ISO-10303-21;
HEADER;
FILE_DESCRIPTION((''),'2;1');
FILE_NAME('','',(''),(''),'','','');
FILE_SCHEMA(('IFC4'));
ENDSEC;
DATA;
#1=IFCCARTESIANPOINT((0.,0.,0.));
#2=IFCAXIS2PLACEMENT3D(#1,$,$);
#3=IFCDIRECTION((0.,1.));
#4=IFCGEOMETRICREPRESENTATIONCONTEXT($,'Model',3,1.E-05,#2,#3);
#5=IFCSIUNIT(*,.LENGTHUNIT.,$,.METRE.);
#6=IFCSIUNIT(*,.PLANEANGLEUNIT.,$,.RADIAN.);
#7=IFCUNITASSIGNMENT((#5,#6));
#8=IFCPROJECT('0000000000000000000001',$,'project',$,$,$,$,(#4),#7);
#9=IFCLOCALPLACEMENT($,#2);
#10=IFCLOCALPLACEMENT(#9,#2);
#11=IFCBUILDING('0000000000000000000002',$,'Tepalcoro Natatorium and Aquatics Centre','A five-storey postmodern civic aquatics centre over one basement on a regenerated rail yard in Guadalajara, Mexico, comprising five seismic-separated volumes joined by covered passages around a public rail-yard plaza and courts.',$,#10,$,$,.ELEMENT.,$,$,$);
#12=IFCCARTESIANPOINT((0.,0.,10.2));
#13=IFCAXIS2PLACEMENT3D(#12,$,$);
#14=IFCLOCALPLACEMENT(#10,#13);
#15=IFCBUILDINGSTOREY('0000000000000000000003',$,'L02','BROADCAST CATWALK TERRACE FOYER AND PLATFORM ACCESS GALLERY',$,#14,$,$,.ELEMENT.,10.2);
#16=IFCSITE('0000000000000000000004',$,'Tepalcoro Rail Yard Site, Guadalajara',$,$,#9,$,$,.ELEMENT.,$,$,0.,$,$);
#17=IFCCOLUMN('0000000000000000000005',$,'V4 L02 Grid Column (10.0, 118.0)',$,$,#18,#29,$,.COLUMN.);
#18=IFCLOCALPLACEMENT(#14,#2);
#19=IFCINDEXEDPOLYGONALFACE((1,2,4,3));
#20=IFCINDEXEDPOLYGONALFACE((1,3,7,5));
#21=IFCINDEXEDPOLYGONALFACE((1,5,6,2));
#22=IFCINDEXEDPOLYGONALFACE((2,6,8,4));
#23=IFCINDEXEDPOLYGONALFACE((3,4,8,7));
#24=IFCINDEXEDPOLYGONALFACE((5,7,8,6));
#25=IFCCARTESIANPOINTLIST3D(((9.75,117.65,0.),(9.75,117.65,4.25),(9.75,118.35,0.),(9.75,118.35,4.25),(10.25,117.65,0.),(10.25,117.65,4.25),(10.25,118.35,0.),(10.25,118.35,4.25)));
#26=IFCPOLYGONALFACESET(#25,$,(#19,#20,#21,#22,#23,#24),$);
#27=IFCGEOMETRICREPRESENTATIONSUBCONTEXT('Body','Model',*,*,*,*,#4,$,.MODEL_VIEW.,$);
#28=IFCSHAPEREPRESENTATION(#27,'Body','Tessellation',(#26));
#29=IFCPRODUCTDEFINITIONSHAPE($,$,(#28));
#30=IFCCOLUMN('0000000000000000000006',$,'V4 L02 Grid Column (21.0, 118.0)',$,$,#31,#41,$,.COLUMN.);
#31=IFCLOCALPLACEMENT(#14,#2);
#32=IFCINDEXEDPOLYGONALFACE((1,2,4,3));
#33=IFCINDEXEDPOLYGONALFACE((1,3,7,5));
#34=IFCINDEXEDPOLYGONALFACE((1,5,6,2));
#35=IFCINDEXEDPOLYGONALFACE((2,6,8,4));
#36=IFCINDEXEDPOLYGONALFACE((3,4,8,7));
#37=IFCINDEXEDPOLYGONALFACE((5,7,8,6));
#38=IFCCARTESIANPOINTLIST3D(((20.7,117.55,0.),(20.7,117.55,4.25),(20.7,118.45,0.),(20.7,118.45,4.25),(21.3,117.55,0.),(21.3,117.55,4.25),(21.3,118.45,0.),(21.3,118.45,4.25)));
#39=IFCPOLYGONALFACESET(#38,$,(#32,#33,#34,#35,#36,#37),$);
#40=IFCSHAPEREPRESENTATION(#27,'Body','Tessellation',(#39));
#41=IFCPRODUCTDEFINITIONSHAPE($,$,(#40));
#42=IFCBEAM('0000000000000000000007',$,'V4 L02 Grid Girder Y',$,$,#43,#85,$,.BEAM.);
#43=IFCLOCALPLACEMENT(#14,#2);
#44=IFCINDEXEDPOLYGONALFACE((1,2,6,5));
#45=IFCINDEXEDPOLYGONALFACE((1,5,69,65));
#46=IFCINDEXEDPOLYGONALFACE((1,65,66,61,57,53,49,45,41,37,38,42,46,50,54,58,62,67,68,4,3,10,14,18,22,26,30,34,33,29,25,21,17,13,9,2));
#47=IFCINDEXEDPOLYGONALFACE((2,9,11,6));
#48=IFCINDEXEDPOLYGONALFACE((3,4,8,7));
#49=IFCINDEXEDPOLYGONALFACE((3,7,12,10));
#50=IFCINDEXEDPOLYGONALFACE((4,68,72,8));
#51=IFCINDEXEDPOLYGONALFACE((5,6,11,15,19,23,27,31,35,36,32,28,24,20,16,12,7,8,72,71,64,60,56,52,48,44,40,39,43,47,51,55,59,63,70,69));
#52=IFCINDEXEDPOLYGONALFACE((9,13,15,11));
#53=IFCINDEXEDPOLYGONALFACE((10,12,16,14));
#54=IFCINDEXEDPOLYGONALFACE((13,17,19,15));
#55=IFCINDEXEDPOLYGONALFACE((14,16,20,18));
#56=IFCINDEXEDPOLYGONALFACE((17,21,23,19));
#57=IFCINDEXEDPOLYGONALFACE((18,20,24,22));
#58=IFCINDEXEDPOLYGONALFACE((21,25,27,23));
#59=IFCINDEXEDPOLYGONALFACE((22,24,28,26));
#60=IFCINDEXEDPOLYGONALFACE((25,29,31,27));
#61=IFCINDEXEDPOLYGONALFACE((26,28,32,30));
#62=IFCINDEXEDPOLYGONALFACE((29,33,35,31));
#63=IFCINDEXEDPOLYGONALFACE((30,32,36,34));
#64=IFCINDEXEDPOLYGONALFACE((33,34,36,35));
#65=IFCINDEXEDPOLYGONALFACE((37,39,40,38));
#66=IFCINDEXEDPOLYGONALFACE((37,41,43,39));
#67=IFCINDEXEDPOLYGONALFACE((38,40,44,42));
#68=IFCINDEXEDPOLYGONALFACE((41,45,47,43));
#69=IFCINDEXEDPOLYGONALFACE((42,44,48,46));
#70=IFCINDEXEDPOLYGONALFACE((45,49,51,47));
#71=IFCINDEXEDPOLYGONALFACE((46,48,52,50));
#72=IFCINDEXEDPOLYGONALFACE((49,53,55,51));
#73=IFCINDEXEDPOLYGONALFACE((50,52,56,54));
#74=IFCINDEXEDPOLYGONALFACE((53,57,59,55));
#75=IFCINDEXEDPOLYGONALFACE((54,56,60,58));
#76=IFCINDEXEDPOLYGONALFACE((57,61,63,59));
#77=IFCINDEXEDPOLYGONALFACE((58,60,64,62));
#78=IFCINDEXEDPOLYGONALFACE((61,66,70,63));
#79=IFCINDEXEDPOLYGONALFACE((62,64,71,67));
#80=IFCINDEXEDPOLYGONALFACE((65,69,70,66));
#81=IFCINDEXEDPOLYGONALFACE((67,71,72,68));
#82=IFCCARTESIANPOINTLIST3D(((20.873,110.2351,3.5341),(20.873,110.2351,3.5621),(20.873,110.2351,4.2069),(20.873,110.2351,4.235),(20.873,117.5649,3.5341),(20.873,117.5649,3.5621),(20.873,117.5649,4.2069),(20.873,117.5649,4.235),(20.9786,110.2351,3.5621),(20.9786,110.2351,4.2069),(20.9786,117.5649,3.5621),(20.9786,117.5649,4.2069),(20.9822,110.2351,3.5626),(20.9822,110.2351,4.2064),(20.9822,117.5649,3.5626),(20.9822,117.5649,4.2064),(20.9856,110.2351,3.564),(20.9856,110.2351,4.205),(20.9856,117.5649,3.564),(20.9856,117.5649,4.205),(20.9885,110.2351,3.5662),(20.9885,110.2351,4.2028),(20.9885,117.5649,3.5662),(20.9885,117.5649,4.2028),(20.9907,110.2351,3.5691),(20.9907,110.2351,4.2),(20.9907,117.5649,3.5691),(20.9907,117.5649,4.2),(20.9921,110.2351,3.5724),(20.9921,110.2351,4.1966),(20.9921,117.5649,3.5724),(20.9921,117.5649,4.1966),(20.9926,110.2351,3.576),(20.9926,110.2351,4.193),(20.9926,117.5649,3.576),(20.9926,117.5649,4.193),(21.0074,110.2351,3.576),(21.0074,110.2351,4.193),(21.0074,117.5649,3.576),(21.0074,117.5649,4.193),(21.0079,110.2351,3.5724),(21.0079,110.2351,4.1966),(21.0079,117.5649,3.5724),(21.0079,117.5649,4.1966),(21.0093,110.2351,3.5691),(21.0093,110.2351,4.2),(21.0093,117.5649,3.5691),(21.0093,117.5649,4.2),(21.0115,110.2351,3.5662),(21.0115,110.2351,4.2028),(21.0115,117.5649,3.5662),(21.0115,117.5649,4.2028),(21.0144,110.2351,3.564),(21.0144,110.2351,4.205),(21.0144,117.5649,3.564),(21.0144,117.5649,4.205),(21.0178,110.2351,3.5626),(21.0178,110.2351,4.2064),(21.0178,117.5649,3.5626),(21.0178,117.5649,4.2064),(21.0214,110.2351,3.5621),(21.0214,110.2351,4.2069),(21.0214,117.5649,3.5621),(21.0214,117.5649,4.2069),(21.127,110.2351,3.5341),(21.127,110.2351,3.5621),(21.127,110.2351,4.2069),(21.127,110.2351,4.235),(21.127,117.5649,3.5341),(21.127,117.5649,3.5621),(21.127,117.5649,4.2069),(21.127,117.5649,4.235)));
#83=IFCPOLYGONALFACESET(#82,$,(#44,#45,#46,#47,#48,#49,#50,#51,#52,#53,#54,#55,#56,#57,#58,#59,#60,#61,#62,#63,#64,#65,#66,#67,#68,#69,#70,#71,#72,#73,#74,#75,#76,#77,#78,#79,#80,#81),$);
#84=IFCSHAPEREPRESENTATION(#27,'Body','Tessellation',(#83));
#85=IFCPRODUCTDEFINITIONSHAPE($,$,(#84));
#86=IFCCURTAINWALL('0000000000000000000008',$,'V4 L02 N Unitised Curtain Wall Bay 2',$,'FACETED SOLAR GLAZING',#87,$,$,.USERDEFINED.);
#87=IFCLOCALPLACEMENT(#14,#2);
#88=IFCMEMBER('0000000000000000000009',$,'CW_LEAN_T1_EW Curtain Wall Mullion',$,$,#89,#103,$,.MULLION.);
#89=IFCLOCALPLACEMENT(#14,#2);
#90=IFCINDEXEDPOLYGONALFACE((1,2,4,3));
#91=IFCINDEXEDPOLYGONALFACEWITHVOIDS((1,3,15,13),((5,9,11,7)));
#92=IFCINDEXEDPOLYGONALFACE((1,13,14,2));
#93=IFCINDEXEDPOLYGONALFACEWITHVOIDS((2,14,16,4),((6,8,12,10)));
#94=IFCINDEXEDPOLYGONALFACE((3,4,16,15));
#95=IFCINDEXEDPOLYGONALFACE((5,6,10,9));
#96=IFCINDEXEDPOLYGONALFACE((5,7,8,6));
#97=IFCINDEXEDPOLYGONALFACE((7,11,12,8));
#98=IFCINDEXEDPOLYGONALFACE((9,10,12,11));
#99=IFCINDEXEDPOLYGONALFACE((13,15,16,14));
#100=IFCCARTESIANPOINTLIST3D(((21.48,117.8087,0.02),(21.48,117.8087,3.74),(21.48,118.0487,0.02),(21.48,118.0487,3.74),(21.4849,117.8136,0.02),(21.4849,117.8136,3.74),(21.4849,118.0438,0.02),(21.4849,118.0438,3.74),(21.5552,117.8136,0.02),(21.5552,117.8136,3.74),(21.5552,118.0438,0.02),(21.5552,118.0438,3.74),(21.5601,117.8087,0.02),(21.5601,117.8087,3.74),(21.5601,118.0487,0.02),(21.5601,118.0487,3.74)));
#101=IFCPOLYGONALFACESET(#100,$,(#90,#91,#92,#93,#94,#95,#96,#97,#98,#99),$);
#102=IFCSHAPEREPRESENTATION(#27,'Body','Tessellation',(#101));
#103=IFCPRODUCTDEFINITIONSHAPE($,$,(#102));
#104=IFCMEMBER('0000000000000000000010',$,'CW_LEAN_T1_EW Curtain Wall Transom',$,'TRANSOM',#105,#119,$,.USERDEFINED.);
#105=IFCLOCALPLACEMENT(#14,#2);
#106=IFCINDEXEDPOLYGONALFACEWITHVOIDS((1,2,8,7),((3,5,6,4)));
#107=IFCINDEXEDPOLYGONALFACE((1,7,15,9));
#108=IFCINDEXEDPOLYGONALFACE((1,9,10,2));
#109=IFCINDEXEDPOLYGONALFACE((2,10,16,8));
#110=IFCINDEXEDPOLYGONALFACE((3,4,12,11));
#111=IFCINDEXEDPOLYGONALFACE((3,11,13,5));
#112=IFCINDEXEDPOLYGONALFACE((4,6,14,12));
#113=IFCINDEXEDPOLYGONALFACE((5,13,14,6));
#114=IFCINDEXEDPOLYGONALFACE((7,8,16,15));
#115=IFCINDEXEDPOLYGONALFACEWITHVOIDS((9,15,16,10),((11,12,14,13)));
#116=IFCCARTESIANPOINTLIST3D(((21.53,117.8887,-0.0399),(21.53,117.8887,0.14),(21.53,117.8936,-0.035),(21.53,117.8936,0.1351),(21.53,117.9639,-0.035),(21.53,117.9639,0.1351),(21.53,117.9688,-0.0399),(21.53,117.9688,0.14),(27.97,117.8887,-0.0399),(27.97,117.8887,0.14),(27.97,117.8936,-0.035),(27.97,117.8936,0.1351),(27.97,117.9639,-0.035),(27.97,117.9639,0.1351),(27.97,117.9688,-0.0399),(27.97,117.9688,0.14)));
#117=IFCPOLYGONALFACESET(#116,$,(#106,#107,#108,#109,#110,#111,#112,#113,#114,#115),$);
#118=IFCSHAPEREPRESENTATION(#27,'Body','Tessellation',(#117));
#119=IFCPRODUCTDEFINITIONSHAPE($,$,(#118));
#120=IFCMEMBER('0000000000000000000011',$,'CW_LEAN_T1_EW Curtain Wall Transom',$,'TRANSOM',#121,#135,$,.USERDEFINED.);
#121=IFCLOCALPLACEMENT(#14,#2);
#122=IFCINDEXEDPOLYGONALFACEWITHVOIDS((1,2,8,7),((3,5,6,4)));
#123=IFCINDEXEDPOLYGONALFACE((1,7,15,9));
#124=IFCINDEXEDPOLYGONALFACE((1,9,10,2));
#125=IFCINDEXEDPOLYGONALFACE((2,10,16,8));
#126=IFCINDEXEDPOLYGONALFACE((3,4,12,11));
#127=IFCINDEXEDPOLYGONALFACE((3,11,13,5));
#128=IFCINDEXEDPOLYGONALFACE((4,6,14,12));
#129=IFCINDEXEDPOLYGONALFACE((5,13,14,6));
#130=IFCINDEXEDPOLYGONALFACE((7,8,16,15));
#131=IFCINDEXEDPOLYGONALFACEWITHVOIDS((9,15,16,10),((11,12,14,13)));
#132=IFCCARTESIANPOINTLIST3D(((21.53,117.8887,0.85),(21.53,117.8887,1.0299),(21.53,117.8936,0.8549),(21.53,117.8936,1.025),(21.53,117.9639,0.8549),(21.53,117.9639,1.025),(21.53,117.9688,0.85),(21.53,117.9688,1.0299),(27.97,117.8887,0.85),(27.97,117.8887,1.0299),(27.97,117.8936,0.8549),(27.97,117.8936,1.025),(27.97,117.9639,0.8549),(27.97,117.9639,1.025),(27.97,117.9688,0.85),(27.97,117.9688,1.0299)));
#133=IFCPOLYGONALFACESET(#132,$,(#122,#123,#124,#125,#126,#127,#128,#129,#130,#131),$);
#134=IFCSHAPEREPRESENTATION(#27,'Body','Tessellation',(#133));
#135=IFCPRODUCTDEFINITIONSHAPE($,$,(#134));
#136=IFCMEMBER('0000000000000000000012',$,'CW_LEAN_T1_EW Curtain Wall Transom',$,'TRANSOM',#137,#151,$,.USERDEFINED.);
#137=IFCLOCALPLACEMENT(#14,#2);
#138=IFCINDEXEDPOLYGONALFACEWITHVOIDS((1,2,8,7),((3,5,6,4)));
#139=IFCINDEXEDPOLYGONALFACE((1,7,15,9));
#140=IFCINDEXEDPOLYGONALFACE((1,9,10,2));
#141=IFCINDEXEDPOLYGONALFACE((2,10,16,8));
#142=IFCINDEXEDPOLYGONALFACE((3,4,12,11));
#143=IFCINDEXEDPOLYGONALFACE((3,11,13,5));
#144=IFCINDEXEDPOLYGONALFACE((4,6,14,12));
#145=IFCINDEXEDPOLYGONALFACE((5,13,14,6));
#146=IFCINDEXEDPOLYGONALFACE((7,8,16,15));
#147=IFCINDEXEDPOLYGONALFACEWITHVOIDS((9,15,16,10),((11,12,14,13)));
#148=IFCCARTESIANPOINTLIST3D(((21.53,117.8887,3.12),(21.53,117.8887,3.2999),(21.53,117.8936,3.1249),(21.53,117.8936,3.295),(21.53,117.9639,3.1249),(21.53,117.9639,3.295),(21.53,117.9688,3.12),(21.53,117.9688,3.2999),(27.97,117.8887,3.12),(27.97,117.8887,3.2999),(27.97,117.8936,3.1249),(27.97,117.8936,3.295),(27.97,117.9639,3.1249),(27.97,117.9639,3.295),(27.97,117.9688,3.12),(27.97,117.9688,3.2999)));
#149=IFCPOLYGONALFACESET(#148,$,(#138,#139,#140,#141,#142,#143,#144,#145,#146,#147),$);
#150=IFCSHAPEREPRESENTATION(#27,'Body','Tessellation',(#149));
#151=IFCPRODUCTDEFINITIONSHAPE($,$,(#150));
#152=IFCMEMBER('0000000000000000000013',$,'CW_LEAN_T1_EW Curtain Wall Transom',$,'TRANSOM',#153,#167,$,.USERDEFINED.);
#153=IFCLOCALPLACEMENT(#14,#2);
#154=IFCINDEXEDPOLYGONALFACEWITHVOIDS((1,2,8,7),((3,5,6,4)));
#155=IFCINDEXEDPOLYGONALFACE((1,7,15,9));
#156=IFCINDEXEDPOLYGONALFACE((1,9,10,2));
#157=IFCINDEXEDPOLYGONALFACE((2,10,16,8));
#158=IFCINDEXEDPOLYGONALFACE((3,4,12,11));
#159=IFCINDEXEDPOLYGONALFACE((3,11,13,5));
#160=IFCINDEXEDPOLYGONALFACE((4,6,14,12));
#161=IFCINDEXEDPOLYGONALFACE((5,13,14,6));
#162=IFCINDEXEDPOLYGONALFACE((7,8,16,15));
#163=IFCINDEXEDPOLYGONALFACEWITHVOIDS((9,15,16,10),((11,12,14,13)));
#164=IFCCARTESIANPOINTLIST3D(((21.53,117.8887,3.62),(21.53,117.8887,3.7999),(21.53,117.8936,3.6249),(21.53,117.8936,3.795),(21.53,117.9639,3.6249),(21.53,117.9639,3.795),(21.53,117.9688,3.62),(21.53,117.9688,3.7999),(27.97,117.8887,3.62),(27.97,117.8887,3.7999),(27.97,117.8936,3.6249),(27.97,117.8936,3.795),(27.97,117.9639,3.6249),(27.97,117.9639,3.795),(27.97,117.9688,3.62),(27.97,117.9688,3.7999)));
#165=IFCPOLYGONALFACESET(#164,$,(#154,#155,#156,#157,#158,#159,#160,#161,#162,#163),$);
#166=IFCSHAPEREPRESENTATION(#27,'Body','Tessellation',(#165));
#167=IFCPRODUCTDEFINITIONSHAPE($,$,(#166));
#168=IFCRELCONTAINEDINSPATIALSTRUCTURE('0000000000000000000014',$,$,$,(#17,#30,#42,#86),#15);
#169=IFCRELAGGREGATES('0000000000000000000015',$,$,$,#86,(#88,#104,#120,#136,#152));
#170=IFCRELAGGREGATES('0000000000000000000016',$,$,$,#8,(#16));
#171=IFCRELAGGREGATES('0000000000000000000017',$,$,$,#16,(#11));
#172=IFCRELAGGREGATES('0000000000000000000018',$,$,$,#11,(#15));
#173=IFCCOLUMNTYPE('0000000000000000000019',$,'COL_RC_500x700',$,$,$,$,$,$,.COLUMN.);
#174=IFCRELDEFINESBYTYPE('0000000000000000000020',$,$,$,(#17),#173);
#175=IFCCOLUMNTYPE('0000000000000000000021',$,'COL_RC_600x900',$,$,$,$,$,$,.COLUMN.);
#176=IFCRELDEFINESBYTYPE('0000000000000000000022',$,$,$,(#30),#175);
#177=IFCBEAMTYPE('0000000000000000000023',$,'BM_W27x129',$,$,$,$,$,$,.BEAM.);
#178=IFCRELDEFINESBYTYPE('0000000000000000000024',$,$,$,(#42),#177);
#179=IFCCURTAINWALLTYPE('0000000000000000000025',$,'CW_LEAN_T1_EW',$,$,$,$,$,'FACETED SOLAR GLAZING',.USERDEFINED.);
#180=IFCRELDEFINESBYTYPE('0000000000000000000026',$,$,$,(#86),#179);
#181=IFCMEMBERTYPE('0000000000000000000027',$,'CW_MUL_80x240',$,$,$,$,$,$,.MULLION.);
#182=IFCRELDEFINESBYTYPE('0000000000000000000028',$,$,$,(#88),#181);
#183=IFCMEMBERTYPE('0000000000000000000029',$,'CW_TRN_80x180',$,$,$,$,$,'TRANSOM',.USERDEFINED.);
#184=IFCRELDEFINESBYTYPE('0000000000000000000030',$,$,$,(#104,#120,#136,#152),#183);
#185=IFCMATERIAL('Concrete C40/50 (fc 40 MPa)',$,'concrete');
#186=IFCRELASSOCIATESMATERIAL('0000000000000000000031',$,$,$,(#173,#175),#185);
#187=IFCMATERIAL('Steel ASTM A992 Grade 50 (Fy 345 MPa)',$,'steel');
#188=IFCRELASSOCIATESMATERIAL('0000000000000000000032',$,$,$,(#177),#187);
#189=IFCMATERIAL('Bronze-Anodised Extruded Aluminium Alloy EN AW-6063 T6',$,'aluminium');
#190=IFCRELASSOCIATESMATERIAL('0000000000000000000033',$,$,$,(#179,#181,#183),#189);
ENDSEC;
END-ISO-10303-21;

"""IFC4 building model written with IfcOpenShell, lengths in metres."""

from ifc_helpers import new_model, si_unit, direction, frame, origin, origin_2d, place, context, subcontext, project, spatial, rectangle, hollow_rectangle, i_section, extrude, material, material_profile, profile_set, type_object, element, aggregate, save


model = new_model("IFC4")

# Units and contexts
model_context = context("Model", 3, precision=1e-05, world=origin(), true_north=direction((0.0, 1.0)))
body_context = subcontext(model_context, "Body", "Model", "MODEL_VIEW")
ifc_project = project(units=[si_unit("LENGTHUNIT", "METRE"), si_unit("PLANEANGLEUNIT", "RADIAN")], contexts=[model_context])

# Site, building, storey
site_placement = place(None, origin())
site = spatial("IfcSite", under=ifc_project, at=site_placement, Name="Tepalcoro Rail Yard Site, Guadalajara", CompositionType="ELEMENT", RefElevation=0.0)
building_placement = place(site_placement, origin())
building = spatial("IfcBuilding", under=site, at=building_placement, Name="Tepalcoro Natatorium and Aquatics Centre", Description="A five-storey postmodern civic aquatics centre over one basement on a regenerated rail yard in Guadalajara, Mexico, comprising five seismic-separated volumes joined by covered passages around a public rail-yard plaza and courts.", CompositionType="ELEMENT")
storey_placement = place(building_placement, frame((0.0, 0.0, 10.2)))
storey = spatial("IfcBuildingStorey", under=building, at=storey_placement, Name="L02", Description="BROADCAST CATWALK TERRACE FOYER AND PLATFORM ACCESS GALLERY", CompositionType="ELEMENT", Elevation=10.2)

# Columns
ifc_material_1 = material(Name="Concrete C40/50 (fc 40 MPa)", Category="concrete")
ifc_material_profile_1 = material_profile(ifc_material_1, rectangle(XDim=0.5, YDim=0.7, at=origin_2d()), Name="RC500x700")
ifc_profile_set_1 = profile_set([ifc_material_profile_1], Name="Concrete C40/50 (fc 40 MPa)")
column_type_1 = type_object("IfcColumnType", Name="COL_RC_500x700", PredefinedType="COLUMN", material=ifc_profile_set_1)
column_1_placement = place(storey_placement, frame((10.0, 118.0, 0.0), z_axis=(0.0, 0.0, 1.0), x_axis=(1.0, 0.0, 0.0)))
element("IfcColumn", 1, at=column_1_placement, inside=storey, type_object=column_type_1, Name="V4 L02 Grid Column (10.0, 118.0)", PredefinedType="COLUMN", context=body_context, shape_type="SweptSolid", body=[
    extrude(rectangle(XDim=0.5, YDim=0.7, at=origin_2d()), origin(), (0.0, 0.0, 1.0), 4.25),
])
ifc_material_profile_2 = material_profile(ifc_material_1, rectangle(XDim=0.6001, YDim=0.8999, at=origin_2d()), Name="RC600x900")
ifc_profile_set_2 = profile_set([ifc_material_profile_2], Name="Concrete C40/50 (fc 40 MPa)")
column_type_2 = type_object("IfcColumnType", Name="COL_RC_600x900", PredefinedType="COLUMN", material=ifc_profile_set_2)
column_2_placement = place(storey_placement, frame((21.0, 118.0, 0.0), z_axis=(0.0, 0.0, 1.0), x_axis=(1.0, 0.0, 0.0)))
element("IfcColumn", 2, at=column_2_placement, inside=storey, type_object=column_type_2, Name="V4 L02 Grid Column (21.0, 118.0)", PredefinedType="COLUMN", context=body_context, shape_type="SweptSolid", body=[
    extrude(rectangle(XDim=0.6001, YDim=0.8999, at=origin_2d()), origin(), (0.0, 0.0, 1.0), 4.25),
])

# Beam
ifc_material_2 = material(Name="Steel ASTM A992 Grade 50 (Fy 345 MPa)", Category="steel")
ifc_material_profile_3 = material_profile(ifc_material_2, i_section(OverallWidth=0.2539, OverallDepth=0.7009, WebThickness=0.0149, FlangeThickness=0.0281, FilletRadius=0.0139, at=origin_2d()), Name="W27X129")
ifc_profile_set_3 = profile_set([ifc_material_profile_3], Name="Steel ASTM A992 Grade 50 (Fy 345 MPa)")
beam_type_1 = type_object("IfcBeamType", Name="BM_W27x129", PredefinedType="BEAM", material=ifc_profile_set_3)
beam_1_placement = place(storey_placement, frame((21.0, 110.2351, 3.8845), z_axis=(0.0, 1.0, 0.0), x_axis=(-1.0, 0.0, 0.0)))
element("IfcBeam", 3, at=beam_1_placement, inside=storey, type_object=beam_type_1, Name="V4 L02 Grid Girder Y", PredefinedType="BEAM", context=body_context, shape_type="SweptSolid", body=[
    extrude(i_section(OverallWidth=0.2539, OverallDepth=0.7009, WebThickness=0.0149, FlangeThickness=0.0281, FilletRadius=0.0139, at=origin_2d()), origin(), (0.0, 0.0, 1.0), 7.3298),
])

# Curtain wall, members
ifc_material_3 = material(Name="Bronze-Anodised Extruded Aluminium Alloy EN AW-6063 T6", Category="aluminium")
curtain_wall_type = type_object("IfcCurtainWallType", Name="CW_LEAN_T1_EW", ElementType="FACETED SOLAR GLAZING", PredefinedType="USERDEFINED", material=ifc_material_3)
curtain_wall_placement = place(storey_placement, origin())
curtain_wall = element("IfcCurtainWall", 4, at=curtain_wall_placement, inside=storey, type_object=curtain_wall_type, Name="V4 L02 N Unitised Curtain Wall Bay 2", ObjectType="FACETED SOLAR GLAZING", PredefinedType="USERDEFINED")
ifc_material_profile_4 = material_profile(ifc_material_3, hollow_rectangle(XDim=0.0801, YDim=0.24, WallThickness=0.0049, at=origin_2d()), Name="AL80X240X5")
ifc_profile_set_4 = profile_set([ifc_material_profile_4], Name="Bronze-Anodised Extruded Aluminium Alloy EN AW-6063 T6")
member_type_1 = type_object("IfcMemberType", Name="CW_MUL_80x240", PredefinedType="MULLION", material=ifc_profile_set_4)
member_1_placement = place(storey_placement, frame((21.52, 117.9287, 0.02), z_axis=(0.0, 0.0, 1.0), x_axis=(1.0, 0.0, 0.0)))
member_1 = element("IfcMember", 5, at=member_1_placement, type_object=member_type_1, Name="CW_LEAN_T1_EW Curtain Wall Mullion", PredefinedType="MULLION", context=body_context, shape_type="SweptSolid", body=[
    extrude(hollow_rectangle(XDim=0.0801, YDim=0.24, WallThickness=0.0049, at=origin_2d()), origin(), (0.0, 0.0, 1.0), 3.72),
])
ifc_material_profile_5 = material_profile(ifc_material_3, hollow_rectangle(XDim=0.0801, YDim=0.1799, WallThickness=0.0049, at=origin_2d()), Name="AL80X180X5")
ifc_profile_set_5 = profile_set([ifc_material_profile_5], Name="Bronze-Anodised Extruded Aluminium Alloy EN AW-6063 T6")
member_type_2 = type_object("IfcMemberType", Name="CW_TRN_80x180", ElementType="TRANSOM", PredefinedType="USERDEFINED", material=ifc_profile_set_5)
member_2_placement = place(storey_placement, frame((21.53, 117.9287, 0.05), z_axis=(1.0, 0.0, 0.0), x_axis=(0.0, 1.0, 0.0)))
member_2 = element("IfcMember", 6, at=member_2_placement, type_object=member_type_2, Name="CW_LEAN_T1_EW Curtain Wall Transom", ObjectType="TRANSOM", PredefinedType="USERDEFINED", context=body_context, shape_type="SweptSolid", body=[
    extrude(hollow_rectangle(XDim=0.0801, YDim=0.1799, WallThickness=0.0049, at=origin_2d()), origin(), (0.0, 0.0, 1.0), 6.4399),
])
member_3_placement = place(storey_placement, frame((21.53, 117.9287, 0.9399), z_axis=(1.0, 0.0, 0.0), x_axis=(0.0, 1.0, 0.0)))
member_3 = element("IfcMember", 7, at=member_3_placement, type_object=member_type_2, Name="CW_LEAN_T1_EW Curtain Wall Transom", ObjectType="TRANSOM", PredefinedType="USERDEFINED", context=body_context, shape_type="SweptSolid", body=[
    extrude(hollow_rectangle(XDim=0.0801, YDim=0.1799, WallThickness=0.0049, at=origin_2d()), origin(), (0.0, 0.0, 1.0), 6.4399),
])
member_4_placement = place(storey_placement, frame((21.53, 117.9287, 3.21), z_axis=(1.0, 0.0, 0.0), x_axis=(0.0, 1.0, 0.0)))
member_4 = element("IfcMember", 8, at=member_4_placement, type_object=member_type_2, Name="CW_LEAN_T1_EW Curtain Wall Transom", ObjectType="TRANSOM", PredefinedType="USERDEFINED", context=body_context, shape_type="SweptSolid", body=[
    extrude(hollow_rectangle(XDim=0.0801, YDim=0.1799, WallThickness=0.0049, at=origin_2d()), origin(), (0.0, 0.0, 1.0), 6.4399),
])
member_5_placement = place(storey_placement, frame((21.53, 117.9287, 3.71), z_axis=(1.0, 0.0, 0.0), x_axis=(0.0, 1.0, 0.0)))
member_5 = element("IfcMember", 9, at=member_5_placement, type_object=member_type_2, Name="CW_LEAN_T1_EW Curtain Wall Transom", ObjectType="TRANSOM", PredefinedType="USERDEFINED", context=body_context, shape_type="SweptSolid", body=[
    extrude(hollow_rectangle(XDim=0.0801, YDim=0.1799, WallThickness=0.0049, at=origin_2d()), origin(), (0.0, 0.0, 1.0), 6.4399),
])
aggregate(curtain_wall, [member_1, member_2, member_3, member_4, member_5])

save(model, "model.ifc")
